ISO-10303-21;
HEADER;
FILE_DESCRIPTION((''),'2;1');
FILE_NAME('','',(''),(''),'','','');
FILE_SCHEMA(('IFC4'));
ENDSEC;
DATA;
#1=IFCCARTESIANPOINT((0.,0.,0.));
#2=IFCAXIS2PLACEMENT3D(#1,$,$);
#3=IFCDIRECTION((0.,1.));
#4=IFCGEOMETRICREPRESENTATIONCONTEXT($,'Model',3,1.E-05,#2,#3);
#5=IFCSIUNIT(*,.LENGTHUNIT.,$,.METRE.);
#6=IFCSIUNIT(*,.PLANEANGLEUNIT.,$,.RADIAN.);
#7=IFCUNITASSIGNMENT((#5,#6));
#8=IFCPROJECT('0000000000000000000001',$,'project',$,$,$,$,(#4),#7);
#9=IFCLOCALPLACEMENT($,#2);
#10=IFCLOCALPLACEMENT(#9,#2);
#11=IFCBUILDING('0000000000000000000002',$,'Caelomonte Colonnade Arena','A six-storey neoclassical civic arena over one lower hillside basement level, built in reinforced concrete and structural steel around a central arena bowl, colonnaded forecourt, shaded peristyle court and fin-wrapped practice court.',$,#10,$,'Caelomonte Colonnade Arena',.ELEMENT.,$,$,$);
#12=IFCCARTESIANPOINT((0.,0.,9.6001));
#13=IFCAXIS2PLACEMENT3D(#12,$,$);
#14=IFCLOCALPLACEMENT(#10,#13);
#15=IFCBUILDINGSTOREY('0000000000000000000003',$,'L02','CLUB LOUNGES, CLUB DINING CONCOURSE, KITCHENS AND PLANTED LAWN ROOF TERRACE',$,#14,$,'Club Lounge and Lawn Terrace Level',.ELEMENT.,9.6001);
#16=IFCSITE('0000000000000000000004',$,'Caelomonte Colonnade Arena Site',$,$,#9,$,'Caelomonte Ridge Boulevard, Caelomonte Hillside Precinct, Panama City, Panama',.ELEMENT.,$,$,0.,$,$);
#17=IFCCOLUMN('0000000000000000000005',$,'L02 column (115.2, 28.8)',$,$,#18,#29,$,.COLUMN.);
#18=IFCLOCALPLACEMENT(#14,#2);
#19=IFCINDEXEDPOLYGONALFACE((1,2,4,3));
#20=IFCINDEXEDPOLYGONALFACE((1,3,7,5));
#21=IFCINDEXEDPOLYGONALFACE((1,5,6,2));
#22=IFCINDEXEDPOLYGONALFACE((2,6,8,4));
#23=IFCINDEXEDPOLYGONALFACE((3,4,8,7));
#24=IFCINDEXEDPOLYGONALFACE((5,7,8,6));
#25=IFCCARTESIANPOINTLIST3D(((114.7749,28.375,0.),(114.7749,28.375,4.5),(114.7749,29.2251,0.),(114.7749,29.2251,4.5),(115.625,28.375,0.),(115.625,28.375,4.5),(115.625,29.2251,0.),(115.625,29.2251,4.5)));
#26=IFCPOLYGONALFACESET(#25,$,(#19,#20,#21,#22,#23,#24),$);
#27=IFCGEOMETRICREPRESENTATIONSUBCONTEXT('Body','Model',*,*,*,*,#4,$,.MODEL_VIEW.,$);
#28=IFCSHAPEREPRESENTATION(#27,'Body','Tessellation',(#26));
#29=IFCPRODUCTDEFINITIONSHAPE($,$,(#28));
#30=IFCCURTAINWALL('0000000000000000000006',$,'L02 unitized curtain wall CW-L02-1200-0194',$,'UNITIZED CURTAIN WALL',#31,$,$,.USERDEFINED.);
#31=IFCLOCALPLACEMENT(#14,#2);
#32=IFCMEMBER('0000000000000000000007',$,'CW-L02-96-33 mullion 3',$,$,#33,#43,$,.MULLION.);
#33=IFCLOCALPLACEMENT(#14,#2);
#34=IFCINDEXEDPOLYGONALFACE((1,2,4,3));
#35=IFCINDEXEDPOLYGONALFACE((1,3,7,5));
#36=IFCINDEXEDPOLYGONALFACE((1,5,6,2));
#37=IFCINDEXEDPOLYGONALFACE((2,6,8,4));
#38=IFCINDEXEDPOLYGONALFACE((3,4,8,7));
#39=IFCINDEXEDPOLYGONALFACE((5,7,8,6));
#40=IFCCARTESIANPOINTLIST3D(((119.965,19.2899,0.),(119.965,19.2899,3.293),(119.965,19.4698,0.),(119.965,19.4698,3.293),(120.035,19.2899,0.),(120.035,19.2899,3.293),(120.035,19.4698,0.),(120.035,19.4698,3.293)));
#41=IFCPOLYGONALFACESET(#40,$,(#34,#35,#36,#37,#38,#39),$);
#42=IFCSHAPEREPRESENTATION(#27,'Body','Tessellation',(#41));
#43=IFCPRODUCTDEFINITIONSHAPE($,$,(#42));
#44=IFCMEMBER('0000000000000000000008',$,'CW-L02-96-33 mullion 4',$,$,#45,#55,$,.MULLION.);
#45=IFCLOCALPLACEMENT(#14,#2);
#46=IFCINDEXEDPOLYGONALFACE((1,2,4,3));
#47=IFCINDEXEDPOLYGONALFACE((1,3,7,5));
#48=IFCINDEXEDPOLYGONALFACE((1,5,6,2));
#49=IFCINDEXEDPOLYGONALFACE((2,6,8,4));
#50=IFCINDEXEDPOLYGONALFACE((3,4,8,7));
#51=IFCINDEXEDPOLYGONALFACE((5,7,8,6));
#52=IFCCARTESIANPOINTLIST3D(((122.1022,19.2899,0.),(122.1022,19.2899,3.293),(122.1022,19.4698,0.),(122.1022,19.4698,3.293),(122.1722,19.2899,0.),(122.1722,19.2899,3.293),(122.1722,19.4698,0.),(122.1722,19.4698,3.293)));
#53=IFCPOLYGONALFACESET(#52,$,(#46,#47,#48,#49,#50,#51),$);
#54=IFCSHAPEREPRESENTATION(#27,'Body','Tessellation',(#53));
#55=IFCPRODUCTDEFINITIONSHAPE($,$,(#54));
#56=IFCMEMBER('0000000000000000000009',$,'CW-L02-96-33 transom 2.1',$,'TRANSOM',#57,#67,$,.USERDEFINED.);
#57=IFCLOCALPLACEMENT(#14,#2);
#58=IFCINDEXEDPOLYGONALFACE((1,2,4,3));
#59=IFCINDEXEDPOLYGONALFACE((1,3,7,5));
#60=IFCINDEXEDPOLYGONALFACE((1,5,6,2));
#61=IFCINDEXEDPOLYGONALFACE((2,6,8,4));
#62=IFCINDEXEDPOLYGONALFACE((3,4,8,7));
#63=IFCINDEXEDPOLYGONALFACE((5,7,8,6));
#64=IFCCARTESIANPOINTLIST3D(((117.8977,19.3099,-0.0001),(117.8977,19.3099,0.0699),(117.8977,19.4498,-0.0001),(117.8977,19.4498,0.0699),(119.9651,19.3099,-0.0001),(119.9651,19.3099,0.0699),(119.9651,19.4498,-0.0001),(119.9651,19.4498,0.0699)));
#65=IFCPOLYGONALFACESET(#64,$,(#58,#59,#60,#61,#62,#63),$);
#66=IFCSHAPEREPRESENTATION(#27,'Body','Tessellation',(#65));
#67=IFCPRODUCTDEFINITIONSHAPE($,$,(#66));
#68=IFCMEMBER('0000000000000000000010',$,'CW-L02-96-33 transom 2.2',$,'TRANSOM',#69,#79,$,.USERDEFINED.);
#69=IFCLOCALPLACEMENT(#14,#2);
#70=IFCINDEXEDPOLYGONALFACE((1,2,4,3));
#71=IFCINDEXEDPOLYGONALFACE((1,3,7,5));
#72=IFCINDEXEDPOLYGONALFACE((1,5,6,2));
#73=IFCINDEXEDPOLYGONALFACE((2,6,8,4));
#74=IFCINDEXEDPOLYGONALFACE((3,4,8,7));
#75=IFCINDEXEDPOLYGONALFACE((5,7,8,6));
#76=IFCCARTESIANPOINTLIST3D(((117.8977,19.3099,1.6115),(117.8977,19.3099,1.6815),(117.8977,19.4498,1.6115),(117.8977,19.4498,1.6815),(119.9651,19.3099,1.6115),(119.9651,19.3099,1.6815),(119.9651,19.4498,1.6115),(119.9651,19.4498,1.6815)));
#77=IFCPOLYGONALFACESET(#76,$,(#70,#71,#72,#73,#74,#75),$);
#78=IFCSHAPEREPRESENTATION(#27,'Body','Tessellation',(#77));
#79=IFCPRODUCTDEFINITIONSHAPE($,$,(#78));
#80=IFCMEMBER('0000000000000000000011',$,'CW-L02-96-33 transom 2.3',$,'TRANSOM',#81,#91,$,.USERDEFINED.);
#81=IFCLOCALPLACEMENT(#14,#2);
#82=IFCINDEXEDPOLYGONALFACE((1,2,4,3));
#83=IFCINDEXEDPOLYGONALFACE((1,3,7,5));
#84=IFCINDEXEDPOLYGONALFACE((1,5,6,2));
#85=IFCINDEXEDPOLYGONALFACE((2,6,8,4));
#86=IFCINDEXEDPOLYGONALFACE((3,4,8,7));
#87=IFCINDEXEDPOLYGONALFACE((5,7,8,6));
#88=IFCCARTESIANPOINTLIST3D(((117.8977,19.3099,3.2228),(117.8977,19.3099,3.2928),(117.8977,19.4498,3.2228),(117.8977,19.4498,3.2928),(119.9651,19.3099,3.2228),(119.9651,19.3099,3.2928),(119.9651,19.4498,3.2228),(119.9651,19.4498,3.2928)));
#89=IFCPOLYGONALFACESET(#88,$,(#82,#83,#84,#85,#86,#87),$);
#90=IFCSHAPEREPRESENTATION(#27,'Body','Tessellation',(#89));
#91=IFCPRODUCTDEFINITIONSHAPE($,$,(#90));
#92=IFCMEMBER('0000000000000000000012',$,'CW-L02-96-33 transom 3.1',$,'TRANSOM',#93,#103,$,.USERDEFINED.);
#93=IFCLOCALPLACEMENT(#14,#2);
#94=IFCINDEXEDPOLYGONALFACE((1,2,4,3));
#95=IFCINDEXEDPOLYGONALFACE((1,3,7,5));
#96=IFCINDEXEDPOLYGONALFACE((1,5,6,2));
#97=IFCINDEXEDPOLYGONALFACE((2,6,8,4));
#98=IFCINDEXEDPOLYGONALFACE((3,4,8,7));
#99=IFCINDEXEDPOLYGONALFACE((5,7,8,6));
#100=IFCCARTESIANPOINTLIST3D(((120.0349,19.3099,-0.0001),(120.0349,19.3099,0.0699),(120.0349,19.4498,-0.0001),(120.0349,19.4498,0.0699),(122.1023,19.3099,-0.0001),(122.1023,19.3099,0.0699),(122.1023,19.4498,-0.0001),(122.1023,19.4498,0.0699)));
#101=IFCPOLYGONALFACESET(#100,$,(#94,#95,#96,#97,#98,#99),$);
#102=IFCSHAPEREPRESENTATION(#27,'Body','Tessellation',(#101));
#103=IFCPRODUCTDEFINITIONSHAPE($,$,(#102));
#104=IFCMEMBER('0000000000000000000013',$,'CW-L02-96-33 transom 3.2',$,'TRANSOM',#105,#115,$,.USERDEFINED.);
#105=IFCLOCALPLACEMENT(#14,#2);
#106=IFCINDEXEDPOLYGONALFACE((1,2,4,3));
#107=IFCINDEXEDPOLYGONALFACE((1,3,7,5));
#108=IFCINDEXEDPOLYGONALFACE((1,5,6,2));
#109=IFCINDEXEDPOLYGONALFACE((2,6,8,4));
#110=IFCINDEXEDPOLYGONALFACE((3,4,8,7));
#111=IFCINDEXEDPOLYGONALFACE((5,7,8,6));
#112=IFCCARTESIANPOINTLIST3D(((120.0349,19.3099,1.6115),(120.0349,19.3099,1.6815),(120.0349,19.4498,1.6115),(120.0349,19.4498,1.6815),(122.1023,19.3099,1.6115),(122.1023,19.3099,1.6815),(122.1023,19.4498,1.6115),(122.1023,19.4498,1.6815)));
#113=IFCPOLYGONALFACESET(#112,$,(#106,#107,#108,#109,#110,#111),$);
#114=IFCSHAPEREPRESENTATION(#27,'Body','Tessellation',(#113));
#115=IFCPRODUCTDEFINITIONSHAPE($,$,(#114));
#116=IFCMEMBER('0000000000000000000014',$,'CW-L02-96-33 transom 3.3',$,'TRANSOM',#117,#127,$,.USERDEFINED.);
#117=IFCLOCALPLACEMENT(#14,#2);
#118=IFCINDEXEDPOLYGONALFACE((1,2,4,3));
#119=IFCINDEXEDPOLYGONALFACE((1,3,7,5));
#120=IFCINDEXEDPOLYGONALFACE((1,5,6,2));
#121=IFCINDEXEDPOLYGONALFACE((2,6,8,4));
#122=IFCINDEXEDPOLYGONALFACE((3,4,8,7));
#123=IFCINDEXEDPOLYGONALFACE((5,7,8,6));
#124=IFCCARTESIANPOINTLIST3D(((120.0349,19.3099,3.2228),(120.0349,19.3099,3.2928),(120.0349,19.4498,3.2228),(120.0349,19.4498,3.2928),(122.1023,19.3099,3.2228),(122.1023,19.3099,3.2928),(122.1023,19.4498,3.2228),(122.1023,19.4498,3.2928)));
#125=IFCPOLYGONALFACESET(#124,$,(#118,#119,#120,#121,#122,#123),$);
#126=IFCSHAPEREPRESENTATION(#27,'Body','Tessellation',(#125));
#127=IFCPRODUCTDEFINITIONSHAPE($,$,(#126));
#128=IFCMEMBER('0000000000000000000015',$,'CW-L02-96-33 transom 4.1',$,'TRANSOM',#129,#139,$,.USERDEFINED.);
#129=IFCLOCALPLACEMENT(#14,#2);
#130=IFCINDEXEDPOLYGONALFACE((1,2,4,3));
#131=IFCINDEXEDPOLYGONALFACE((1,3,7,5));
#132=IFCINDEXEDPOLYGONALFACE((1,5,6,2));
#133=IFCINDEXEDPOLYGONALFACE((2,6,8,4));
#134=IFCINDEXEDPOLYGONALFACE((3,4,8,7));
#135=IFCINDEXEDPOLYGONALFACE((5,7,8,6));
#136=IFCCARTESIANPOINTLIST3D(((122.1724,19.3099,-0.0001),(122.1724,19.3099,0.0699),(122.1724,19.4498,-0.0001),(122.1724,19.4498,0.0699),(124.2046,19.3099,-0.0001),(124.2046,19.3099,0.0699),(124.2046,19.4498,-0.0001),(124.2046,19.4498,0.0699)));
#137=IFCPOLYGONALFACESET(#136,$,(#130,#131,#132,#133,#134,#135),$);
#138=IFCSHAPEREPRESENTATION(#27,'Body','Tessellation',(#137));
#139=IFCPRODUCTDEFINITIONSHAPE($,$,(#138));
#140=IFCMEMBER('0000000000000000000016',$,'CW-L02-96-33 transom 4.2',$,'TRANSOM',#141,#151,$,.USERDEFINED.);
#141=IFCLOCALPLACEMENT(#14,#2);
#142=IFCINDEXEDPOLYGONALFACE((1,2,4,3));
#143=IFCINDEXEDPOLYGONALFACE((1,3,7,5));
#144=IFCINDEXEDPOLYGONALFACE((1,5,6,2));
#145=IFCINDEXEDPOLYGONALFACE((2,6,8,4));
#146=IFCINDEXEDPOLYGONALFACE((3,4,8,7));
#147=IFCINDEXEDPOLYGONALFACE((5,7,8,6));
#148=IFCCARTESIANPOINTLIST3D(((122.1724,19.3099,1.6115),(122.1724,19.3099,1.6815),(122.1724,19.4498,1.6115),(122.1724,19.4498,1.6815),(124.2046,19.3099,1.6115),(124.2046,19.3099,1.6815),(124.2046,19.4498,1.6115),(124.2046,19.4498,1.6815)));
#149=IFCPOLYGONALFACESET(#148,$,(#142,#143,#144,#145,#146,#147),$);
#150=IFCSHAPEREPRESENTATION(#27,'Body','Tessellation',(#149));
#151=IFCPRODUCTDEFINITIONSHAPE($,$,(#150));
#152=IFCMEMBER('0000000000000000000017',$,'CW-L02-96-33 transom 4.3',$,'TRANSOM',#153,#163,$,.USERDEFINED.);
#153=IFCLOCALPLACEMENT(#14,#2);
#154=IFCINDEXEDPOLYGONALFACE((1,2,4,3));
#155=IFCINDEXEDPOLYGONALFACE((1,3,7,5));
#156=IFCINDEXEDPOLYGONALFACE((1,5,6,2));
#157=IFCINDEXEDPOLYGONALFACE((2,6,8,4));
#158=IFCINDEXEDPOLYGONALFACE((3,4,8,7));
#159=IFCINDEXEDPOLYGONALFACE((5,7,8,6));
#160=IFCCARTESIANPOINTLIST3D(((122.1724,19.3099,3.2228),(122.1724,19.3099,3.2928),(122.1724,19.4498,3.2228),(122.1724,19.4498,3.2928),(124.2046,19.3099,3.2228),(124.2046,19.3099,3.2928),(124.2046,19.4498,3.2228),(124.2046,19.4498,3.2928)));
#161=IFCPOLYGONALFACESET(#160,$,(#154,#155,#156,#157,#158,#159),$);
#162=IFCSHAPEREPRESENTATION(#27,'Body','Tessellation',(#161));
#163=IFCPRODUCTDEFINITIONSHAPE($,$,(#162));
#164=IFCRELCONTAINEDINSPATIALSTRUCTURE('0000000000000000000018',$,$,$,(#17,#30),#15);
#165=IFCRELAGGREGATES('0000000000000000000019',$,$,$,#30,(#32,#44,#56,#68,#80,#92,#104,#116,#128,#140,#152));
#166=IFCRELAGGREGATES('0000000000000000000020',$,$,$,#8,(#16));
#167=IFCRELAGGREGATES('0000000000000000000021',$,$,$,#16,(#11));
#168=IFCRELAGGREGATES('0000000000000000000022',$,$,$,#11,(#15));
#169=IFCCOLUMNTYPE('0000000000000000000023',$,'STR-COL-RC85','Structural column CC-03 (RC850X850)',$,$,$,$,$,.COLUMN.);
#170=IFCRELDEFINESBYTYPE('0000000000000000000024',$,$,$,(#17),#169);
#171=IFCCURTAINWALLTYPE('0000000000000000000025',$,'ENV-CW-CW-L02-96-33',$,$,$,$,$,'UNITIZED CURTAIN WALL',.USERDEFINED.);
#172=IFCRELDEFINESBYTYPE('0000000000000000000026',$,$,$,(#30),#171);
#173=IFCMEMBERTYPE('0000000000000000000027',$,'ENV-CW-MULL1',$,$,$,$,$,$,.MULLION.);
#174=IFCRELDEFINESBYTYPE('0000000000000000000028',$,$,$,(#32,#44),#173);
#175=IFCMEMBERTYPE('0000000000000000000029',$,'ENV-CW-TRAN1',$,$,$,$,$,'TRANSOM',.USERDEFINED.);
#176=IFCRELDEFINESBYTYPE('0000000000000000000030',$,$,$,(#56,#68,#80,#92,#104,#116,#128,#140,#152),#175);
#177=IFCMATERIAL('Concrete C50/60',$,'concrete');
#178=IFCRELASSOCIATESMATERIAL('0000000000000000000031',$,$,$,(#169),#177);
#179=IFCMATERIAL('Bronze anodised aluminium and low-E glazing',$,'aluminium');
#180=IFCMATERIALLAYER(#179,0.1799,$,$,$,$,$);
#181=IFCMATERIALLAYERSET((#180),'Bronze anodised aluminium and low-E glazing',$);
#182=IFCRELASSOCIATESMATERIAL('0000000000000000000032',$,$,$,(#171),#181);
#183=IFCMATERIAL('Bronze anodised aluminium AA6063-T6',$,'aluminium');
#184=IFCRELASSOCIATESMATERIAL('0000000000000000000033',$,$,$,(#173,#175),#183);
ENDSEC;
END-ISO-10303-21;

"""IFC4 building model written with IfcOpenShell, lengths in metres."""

from ifc_helpers import new_model, si_unit, direction, frame, origin, origin_2d, place, context, subcontext, project, spatial, rectangle, extrude, material, layer, layer_set, material_profile, profile_set, type_object, element, aggregate, save


model = new_model("IFC4")

# Units and contexts
model_context = context("Model", 3, precision=1e-05, world=origin(), true_north=direction((0.0, 1.0)))
body_context = subcontext(model_context, "Body", "Model", "MODEL_VIEW")
ifc_project = project(units=[si_unit("LENGTHUNIT", "METRE"), si_unit("PLANEANGLEUNIT", "RADIAN")], contexts=[model_context])

# Site, building, storey
site_placement = place(None, origin())
site = spatial("IfcSite", under=ifc_project, at=site_placement, Name="Caelomonte Colonnade Arena Site", LongName="Caelomonte Ridge Boulevard, Caelomonte Hillside Precinct, Panama City, Panama", CompositionType="ELEMENT", RefElevation=0.0)
building_placement = place(site_placement, origin())
building = spatial("IfcBuilding", under=site, at=building_placement, Name="Caelomonte Colonnade Arena", Description="A six-storey neoclassical civic arena over one lower hillside basement level, built in reinforced concrete and structural steel around a central arena bowl, colonnaded forecourt, shaded peristyle court and fin-wrapped practice court.", LongName="Caelomonte Colonnade Arena", CompositionType="ELEMENT")
storey_placement = place(building_placement, frame((0.0, 0.0, 9.6001)))
storey = spatial("IfcBuildingStorey", under=building, at=storey_placement, Name="L02", Description="CLUB LOUNGES, CLUB DINING CONCOURSE, KITCHENS AND PLANTED LAWN ROOF TERRACE", LongName="Club Lounge and Lawn Terrace Level", CompositionType="ELEMENT", Elevation=9.6001)

# Column
ifc_material_1 = material(Name="Concrete C50/60", Category="concrete")
ifc_material_profile_1 = material_profile(ifc_material_1, rectangle(XDim=0.8501, YDim=0.8501, at=origin_2d()), Name="RC850X850")
ifc_profile_set_1 = profile_set([ifc_material_profile_1], Name="Concrete C50/60")
column_type = type_object("IfcColumnType", Name="STR-COL-RC85", Description="Structural column CC-03 (RC850X850)", PredefinedType="COLUMN", material=ifc_profile_set_1)
column_placement = place(storey_placement, frame((115.2, 28.8, 0.0), z_axis=(0.0, 0.0, 1.0), x_axis=(1.0, 0.0, 0.0)))
element("IfcColumn", 1, at=column_placement, inside=storey, type_object=column_type, Name="L02 column (115.2, 28.8)", PredefinedType="COLUMN", context=body_context, shape_type="SweptSolid", body=[
    extrude(rectangle(XDim=0.8501, YDim=0.8501, at=origin_2d()), origin(), (0.0, 0.0, 1.0), 4.5),
])

# Curtain wall, members
ifc_material_2 = material(Name="Bronze anodised aluminium and low-E glazing", Category="aluminium")
ifc_layer_1 = layer(ifc_material_2, 0.1799)
ifc_layer_set_1 = layer_set([ifc_layer_1], Name="Bronze anodised aluminium and low-E glazing")
curtain_wall_type = type_object("IfcCurtainWallType", Name="ENV-CW-CW-L02-96-33", ElementType="UNITIZED CURTAIN WALL", PredefinedType="USERDEFINED", material=ifc_layer_set_1)
curtain_wall_placement = place(storey_placement, origin())
curtain_wall = element("IfcCurtainWall", 2, at=curtain_wall_placement, inside=storey, type_object=curtain_wall_type, Name="L02 unitized curtain wall CW-L02-1200-0194", ObjectType="UNITIZED CURTAIN WALL", PredefinedType="USERDEFINED")
ifc_material_3 = material(Name="Bronze anodised aluminium AA6063-T6", Category="aluminium")
ifc_material_profile_2 = material_profile(ifc_material_3, rectangle(XDim=0.0701, YDim=0.1799, at=origin_2d()), Name="CWM-70X180")
ifc_profile_set_2 = profile_set([ifc_material_profile_2], Name="Bronze anodised aluminium AA6063-T6")
member_type_1 = type_object("IfcMemberType", Name="ENV-CW-MULL1", PredefinedType="MULLION", material=ifc_profile_set_2)
member_1_placement = place(storey_placement, frame((120.0, 19.3799, 0.0), z_axis=(0.0, 0.0, 1.0), x_axis=(1.0, 0.0, 0.0)))
member_1 = element("IfcMember", 3, at=member_1_placement, type_object=member_type_1, Name="CW-L02-96-33 mullion 3", PredefinedType="MULLION", context=body_context, shape_type="SweptSolid", body=[
    extrude(rectangle(XDim=0.0701, YDim=0.1799, at=origin_2d()), origin(), (0.0, 0.0, 1.0), 3.293),
])
member_2_placement = place(storey_placement, frame((122.1372, 19.3799, 0.0), z_axis=(0.0, 0.0, 1.0), x_axis=(1.0, 0.0, 0.0)))
member_2 = element("IfcMember", 4, at=member_2_placement, type_object=member_type_1, Name="CW-L02-96-33 mullion 4", PredefinedType="MULLION", context=body_context, shape_type="SweptSolid", body=[
    extrude(rectangle(XDim=0.0701, YDim=0.1799, at=origin_2d()), origin(), (0.0, 0.0, 1.0), 3.293),
])
ifc_material_profile_3 = material_profile(ifc_material_3, rectangle(XDim=0.0701, YDim=0.1399, at=origin_2d()), Name="CWT-70X140")
ifc_profile_set_3 = profile_set([ifc_material_profile_3], Name="Bronze anodised aluminium AA6063-T6")
member_type_2 = type_object("IfcMemberType", Name="ENV-CW-TRAN1", ElementType="TRANSOM", PredefinedType="USERDEFINED", material=ifc_profile_set_3)
member_3_placement = place(storey_placement, frame((117.8977, 19.3799, 0.0349), z_axis=(1.0, 0.0, 0.0), x_axis=(0.0, 0.0, 1.0)))
member_3 = element("IfcMember", 5, at=member_3_placement, type_object=member_type_2, Name="CW-L02-96-33 transom 2.1", ObjectType="TRANSOM", PredefinedType="USERDEFINED", context=body_context, shape_type="SweptSolid", body=[
    extrude(rectangle(XDim=0.0701, YDim=0.1399, at=origin_2d()), origin(), (0.0, 0.0, 1.0), 2.0674),
])
member_4_placement = place(storey_placement, frame((117.8977, 19.3799, 1.6465), z_axis=(1.0, 0.0, 0.0), x_axis=(0.0, 0.0, 1.0)))
member_4 = element("IfcMember", 6, at=member_4_placement, type_object=member_type_2, Name="CW-L02-96-33 transom 2.2", ObjectType="TRANSOM", PredefinedType="USERDEFINED", context=body_context, shape_type="SweptSolid", body=[
    extrude(rectangle(XDim=0.0701, YDim=0.1399, at=origin_2d()), origin(), (0.0, 0.0, 1.0), 2.0674),
])
member_5_placement = place(storey_placement, frame((117.8977, 19.3799, 3.2578), z_axis=(1.0, 0.0, 0.0), x_axis=(0.0, 0.0, 1.0)))
member_5 = element("IfcMember", 7, at=member_5_placement, type_object=member_type_2, Name="CW-L02-96-33 transom 2.3", ObjectType="TRANSOM", PredefinedType="USERDEFINED", context=body_context, shape_type="SweptSolid", body=[
    extrude(rectangle(XDim=0.0701, YDim=0.1399, at=origin_2d()), origin(), (0.0, 0.0, 1.0), 2.0674),
])
member_6_placement = place(storey_placement, frame((120.0349, 19.3799, 0.0349), z_axis=(1.0, 0.0, 0.0), x_axis=(0.0, 0.0, 1.0)))
member_6 = element("IfcMember", 8, at=member_6_placement, type_object=member_type_2, Name="CW-L02-96-33 transom 3.1", ObjectType="TRANSOM", PredefinedType="USERDEFINED", context=body_context, shape_type="SweptSolid", body=[
    extrude(rectangle(XDim=0.0701, YDim=0.1399, at=origin_2d()), origin(), (0.0, 0.0, 1.0), 2.0674),
])
member_7_placement = place(storey_placement, frame((120.0349, 19.3799, 1.6465), z_axis=(1.0, 0.0, 0.0), x_axis=(0.0, 0.0, 1.0)))
member_7 = element("IfcMember", 9, at=member_7_placement, type_object=member_type_2, Name="CW-L02-96-33 transom 3.2", ObjectType="TRANSOM", PredefinedType="USERDEFINED", context=body_context, shape_type="SweptSolid", body=[
    extrude(rectangle(XDim=0.0701, YDim=0.1399, at=origin_2d()), origin(), (0.0, 0.0, 1.0), 2.0674),
])
member_8_placement = place(storey_placement, frame((120.0349, 19.3799, 3.2578), z_axis=(1.0, 0.0, 0.0), x_axis=(0.0, 0.0, 1.0)))
member_8 = element("IfcMember", 10, at=member_8_placement, type_object=member_type_2, Name="CW-L02-96-33 transom 3.3", ObjectType="TRANSOM", PredefinedType="USERDEFINED", context=body_context, shape_type="SweptSolid", body=[
    extrude(rectangle(XDim=0.0701, YDim=0.1399, at=origin_2d()), origin(), (0.0, 0.0, 1.0), 2.0674),
])
member_9_placement = place(storey_placement, frame((122.1724, 19.3799, 0.0349), z_axis=(1.0, 0.0, 0.0), x_axis=(0.0, 0.0, 1.0)))
member_9 = element("IfcMember", 11, at=member_9_placement, type_object=member_type_2, Name="CW-L02-96-33 transom 4.1", ObjectType="TRANSOM", PredefinedType="USERDEFINED", context=body_context, shape_type="SweptSolid", body=[
    extrude(rectangle(XDim=0.0701, YDim=0.1399, at=origin_2d()), origin(), (0.0, 0.0, 1.0), 2.0322),
])
member_10_placement = place(storey_placement, frame((122.1724, 19.3799, 1.6465), z_axis=(1.0, 0.0, 0.0), x_axis=(0.0, 0.0, 1.0)))
member_10 = element("IfcMember", 12, at=member_10_placement, type_object=member_type_2, Name="CW-L02-96-33 transom 4.2", ObjectType="TRANSOM", PredefinedType="USERDEFINED", context=body_context, shape_type="SweptSolid", body=[
    extrude(rectangle(XDim=0.0701, YDim=0.1399, at=origin_2d()), origin(), (0.0, 0.0, 1.0), 2.0322),
])
member_11_placement = place(storey_placement, frame((122.1724, 19.3799, 3.2578), z_axis=(1.0, 0.0, 0.0), x_axis=(0.0, 0.0, 1.0)))
member_11 = element("IfcMember", 13, at=member_11_placement, type_object=member_type_2, Name="CW-L02-96-33 transom 4.3", ObjectType="TRANSOM", PredefinedType="USERDEFINED", context=body_context, shape_type="SweptSolid", body=[
    extrude(rectangle(XDim=0.0701, YDim=0.1399, at=origin_2d()), origin(), (0.0, 0.0, 1.0), 2.0322),
])

aggregate(curtain_wall, [member_1, member_2, member_3, member_4, member_5, member_6, member_7, member_8, member_9, member_10, member_11])

save(model, "model.ifc")
